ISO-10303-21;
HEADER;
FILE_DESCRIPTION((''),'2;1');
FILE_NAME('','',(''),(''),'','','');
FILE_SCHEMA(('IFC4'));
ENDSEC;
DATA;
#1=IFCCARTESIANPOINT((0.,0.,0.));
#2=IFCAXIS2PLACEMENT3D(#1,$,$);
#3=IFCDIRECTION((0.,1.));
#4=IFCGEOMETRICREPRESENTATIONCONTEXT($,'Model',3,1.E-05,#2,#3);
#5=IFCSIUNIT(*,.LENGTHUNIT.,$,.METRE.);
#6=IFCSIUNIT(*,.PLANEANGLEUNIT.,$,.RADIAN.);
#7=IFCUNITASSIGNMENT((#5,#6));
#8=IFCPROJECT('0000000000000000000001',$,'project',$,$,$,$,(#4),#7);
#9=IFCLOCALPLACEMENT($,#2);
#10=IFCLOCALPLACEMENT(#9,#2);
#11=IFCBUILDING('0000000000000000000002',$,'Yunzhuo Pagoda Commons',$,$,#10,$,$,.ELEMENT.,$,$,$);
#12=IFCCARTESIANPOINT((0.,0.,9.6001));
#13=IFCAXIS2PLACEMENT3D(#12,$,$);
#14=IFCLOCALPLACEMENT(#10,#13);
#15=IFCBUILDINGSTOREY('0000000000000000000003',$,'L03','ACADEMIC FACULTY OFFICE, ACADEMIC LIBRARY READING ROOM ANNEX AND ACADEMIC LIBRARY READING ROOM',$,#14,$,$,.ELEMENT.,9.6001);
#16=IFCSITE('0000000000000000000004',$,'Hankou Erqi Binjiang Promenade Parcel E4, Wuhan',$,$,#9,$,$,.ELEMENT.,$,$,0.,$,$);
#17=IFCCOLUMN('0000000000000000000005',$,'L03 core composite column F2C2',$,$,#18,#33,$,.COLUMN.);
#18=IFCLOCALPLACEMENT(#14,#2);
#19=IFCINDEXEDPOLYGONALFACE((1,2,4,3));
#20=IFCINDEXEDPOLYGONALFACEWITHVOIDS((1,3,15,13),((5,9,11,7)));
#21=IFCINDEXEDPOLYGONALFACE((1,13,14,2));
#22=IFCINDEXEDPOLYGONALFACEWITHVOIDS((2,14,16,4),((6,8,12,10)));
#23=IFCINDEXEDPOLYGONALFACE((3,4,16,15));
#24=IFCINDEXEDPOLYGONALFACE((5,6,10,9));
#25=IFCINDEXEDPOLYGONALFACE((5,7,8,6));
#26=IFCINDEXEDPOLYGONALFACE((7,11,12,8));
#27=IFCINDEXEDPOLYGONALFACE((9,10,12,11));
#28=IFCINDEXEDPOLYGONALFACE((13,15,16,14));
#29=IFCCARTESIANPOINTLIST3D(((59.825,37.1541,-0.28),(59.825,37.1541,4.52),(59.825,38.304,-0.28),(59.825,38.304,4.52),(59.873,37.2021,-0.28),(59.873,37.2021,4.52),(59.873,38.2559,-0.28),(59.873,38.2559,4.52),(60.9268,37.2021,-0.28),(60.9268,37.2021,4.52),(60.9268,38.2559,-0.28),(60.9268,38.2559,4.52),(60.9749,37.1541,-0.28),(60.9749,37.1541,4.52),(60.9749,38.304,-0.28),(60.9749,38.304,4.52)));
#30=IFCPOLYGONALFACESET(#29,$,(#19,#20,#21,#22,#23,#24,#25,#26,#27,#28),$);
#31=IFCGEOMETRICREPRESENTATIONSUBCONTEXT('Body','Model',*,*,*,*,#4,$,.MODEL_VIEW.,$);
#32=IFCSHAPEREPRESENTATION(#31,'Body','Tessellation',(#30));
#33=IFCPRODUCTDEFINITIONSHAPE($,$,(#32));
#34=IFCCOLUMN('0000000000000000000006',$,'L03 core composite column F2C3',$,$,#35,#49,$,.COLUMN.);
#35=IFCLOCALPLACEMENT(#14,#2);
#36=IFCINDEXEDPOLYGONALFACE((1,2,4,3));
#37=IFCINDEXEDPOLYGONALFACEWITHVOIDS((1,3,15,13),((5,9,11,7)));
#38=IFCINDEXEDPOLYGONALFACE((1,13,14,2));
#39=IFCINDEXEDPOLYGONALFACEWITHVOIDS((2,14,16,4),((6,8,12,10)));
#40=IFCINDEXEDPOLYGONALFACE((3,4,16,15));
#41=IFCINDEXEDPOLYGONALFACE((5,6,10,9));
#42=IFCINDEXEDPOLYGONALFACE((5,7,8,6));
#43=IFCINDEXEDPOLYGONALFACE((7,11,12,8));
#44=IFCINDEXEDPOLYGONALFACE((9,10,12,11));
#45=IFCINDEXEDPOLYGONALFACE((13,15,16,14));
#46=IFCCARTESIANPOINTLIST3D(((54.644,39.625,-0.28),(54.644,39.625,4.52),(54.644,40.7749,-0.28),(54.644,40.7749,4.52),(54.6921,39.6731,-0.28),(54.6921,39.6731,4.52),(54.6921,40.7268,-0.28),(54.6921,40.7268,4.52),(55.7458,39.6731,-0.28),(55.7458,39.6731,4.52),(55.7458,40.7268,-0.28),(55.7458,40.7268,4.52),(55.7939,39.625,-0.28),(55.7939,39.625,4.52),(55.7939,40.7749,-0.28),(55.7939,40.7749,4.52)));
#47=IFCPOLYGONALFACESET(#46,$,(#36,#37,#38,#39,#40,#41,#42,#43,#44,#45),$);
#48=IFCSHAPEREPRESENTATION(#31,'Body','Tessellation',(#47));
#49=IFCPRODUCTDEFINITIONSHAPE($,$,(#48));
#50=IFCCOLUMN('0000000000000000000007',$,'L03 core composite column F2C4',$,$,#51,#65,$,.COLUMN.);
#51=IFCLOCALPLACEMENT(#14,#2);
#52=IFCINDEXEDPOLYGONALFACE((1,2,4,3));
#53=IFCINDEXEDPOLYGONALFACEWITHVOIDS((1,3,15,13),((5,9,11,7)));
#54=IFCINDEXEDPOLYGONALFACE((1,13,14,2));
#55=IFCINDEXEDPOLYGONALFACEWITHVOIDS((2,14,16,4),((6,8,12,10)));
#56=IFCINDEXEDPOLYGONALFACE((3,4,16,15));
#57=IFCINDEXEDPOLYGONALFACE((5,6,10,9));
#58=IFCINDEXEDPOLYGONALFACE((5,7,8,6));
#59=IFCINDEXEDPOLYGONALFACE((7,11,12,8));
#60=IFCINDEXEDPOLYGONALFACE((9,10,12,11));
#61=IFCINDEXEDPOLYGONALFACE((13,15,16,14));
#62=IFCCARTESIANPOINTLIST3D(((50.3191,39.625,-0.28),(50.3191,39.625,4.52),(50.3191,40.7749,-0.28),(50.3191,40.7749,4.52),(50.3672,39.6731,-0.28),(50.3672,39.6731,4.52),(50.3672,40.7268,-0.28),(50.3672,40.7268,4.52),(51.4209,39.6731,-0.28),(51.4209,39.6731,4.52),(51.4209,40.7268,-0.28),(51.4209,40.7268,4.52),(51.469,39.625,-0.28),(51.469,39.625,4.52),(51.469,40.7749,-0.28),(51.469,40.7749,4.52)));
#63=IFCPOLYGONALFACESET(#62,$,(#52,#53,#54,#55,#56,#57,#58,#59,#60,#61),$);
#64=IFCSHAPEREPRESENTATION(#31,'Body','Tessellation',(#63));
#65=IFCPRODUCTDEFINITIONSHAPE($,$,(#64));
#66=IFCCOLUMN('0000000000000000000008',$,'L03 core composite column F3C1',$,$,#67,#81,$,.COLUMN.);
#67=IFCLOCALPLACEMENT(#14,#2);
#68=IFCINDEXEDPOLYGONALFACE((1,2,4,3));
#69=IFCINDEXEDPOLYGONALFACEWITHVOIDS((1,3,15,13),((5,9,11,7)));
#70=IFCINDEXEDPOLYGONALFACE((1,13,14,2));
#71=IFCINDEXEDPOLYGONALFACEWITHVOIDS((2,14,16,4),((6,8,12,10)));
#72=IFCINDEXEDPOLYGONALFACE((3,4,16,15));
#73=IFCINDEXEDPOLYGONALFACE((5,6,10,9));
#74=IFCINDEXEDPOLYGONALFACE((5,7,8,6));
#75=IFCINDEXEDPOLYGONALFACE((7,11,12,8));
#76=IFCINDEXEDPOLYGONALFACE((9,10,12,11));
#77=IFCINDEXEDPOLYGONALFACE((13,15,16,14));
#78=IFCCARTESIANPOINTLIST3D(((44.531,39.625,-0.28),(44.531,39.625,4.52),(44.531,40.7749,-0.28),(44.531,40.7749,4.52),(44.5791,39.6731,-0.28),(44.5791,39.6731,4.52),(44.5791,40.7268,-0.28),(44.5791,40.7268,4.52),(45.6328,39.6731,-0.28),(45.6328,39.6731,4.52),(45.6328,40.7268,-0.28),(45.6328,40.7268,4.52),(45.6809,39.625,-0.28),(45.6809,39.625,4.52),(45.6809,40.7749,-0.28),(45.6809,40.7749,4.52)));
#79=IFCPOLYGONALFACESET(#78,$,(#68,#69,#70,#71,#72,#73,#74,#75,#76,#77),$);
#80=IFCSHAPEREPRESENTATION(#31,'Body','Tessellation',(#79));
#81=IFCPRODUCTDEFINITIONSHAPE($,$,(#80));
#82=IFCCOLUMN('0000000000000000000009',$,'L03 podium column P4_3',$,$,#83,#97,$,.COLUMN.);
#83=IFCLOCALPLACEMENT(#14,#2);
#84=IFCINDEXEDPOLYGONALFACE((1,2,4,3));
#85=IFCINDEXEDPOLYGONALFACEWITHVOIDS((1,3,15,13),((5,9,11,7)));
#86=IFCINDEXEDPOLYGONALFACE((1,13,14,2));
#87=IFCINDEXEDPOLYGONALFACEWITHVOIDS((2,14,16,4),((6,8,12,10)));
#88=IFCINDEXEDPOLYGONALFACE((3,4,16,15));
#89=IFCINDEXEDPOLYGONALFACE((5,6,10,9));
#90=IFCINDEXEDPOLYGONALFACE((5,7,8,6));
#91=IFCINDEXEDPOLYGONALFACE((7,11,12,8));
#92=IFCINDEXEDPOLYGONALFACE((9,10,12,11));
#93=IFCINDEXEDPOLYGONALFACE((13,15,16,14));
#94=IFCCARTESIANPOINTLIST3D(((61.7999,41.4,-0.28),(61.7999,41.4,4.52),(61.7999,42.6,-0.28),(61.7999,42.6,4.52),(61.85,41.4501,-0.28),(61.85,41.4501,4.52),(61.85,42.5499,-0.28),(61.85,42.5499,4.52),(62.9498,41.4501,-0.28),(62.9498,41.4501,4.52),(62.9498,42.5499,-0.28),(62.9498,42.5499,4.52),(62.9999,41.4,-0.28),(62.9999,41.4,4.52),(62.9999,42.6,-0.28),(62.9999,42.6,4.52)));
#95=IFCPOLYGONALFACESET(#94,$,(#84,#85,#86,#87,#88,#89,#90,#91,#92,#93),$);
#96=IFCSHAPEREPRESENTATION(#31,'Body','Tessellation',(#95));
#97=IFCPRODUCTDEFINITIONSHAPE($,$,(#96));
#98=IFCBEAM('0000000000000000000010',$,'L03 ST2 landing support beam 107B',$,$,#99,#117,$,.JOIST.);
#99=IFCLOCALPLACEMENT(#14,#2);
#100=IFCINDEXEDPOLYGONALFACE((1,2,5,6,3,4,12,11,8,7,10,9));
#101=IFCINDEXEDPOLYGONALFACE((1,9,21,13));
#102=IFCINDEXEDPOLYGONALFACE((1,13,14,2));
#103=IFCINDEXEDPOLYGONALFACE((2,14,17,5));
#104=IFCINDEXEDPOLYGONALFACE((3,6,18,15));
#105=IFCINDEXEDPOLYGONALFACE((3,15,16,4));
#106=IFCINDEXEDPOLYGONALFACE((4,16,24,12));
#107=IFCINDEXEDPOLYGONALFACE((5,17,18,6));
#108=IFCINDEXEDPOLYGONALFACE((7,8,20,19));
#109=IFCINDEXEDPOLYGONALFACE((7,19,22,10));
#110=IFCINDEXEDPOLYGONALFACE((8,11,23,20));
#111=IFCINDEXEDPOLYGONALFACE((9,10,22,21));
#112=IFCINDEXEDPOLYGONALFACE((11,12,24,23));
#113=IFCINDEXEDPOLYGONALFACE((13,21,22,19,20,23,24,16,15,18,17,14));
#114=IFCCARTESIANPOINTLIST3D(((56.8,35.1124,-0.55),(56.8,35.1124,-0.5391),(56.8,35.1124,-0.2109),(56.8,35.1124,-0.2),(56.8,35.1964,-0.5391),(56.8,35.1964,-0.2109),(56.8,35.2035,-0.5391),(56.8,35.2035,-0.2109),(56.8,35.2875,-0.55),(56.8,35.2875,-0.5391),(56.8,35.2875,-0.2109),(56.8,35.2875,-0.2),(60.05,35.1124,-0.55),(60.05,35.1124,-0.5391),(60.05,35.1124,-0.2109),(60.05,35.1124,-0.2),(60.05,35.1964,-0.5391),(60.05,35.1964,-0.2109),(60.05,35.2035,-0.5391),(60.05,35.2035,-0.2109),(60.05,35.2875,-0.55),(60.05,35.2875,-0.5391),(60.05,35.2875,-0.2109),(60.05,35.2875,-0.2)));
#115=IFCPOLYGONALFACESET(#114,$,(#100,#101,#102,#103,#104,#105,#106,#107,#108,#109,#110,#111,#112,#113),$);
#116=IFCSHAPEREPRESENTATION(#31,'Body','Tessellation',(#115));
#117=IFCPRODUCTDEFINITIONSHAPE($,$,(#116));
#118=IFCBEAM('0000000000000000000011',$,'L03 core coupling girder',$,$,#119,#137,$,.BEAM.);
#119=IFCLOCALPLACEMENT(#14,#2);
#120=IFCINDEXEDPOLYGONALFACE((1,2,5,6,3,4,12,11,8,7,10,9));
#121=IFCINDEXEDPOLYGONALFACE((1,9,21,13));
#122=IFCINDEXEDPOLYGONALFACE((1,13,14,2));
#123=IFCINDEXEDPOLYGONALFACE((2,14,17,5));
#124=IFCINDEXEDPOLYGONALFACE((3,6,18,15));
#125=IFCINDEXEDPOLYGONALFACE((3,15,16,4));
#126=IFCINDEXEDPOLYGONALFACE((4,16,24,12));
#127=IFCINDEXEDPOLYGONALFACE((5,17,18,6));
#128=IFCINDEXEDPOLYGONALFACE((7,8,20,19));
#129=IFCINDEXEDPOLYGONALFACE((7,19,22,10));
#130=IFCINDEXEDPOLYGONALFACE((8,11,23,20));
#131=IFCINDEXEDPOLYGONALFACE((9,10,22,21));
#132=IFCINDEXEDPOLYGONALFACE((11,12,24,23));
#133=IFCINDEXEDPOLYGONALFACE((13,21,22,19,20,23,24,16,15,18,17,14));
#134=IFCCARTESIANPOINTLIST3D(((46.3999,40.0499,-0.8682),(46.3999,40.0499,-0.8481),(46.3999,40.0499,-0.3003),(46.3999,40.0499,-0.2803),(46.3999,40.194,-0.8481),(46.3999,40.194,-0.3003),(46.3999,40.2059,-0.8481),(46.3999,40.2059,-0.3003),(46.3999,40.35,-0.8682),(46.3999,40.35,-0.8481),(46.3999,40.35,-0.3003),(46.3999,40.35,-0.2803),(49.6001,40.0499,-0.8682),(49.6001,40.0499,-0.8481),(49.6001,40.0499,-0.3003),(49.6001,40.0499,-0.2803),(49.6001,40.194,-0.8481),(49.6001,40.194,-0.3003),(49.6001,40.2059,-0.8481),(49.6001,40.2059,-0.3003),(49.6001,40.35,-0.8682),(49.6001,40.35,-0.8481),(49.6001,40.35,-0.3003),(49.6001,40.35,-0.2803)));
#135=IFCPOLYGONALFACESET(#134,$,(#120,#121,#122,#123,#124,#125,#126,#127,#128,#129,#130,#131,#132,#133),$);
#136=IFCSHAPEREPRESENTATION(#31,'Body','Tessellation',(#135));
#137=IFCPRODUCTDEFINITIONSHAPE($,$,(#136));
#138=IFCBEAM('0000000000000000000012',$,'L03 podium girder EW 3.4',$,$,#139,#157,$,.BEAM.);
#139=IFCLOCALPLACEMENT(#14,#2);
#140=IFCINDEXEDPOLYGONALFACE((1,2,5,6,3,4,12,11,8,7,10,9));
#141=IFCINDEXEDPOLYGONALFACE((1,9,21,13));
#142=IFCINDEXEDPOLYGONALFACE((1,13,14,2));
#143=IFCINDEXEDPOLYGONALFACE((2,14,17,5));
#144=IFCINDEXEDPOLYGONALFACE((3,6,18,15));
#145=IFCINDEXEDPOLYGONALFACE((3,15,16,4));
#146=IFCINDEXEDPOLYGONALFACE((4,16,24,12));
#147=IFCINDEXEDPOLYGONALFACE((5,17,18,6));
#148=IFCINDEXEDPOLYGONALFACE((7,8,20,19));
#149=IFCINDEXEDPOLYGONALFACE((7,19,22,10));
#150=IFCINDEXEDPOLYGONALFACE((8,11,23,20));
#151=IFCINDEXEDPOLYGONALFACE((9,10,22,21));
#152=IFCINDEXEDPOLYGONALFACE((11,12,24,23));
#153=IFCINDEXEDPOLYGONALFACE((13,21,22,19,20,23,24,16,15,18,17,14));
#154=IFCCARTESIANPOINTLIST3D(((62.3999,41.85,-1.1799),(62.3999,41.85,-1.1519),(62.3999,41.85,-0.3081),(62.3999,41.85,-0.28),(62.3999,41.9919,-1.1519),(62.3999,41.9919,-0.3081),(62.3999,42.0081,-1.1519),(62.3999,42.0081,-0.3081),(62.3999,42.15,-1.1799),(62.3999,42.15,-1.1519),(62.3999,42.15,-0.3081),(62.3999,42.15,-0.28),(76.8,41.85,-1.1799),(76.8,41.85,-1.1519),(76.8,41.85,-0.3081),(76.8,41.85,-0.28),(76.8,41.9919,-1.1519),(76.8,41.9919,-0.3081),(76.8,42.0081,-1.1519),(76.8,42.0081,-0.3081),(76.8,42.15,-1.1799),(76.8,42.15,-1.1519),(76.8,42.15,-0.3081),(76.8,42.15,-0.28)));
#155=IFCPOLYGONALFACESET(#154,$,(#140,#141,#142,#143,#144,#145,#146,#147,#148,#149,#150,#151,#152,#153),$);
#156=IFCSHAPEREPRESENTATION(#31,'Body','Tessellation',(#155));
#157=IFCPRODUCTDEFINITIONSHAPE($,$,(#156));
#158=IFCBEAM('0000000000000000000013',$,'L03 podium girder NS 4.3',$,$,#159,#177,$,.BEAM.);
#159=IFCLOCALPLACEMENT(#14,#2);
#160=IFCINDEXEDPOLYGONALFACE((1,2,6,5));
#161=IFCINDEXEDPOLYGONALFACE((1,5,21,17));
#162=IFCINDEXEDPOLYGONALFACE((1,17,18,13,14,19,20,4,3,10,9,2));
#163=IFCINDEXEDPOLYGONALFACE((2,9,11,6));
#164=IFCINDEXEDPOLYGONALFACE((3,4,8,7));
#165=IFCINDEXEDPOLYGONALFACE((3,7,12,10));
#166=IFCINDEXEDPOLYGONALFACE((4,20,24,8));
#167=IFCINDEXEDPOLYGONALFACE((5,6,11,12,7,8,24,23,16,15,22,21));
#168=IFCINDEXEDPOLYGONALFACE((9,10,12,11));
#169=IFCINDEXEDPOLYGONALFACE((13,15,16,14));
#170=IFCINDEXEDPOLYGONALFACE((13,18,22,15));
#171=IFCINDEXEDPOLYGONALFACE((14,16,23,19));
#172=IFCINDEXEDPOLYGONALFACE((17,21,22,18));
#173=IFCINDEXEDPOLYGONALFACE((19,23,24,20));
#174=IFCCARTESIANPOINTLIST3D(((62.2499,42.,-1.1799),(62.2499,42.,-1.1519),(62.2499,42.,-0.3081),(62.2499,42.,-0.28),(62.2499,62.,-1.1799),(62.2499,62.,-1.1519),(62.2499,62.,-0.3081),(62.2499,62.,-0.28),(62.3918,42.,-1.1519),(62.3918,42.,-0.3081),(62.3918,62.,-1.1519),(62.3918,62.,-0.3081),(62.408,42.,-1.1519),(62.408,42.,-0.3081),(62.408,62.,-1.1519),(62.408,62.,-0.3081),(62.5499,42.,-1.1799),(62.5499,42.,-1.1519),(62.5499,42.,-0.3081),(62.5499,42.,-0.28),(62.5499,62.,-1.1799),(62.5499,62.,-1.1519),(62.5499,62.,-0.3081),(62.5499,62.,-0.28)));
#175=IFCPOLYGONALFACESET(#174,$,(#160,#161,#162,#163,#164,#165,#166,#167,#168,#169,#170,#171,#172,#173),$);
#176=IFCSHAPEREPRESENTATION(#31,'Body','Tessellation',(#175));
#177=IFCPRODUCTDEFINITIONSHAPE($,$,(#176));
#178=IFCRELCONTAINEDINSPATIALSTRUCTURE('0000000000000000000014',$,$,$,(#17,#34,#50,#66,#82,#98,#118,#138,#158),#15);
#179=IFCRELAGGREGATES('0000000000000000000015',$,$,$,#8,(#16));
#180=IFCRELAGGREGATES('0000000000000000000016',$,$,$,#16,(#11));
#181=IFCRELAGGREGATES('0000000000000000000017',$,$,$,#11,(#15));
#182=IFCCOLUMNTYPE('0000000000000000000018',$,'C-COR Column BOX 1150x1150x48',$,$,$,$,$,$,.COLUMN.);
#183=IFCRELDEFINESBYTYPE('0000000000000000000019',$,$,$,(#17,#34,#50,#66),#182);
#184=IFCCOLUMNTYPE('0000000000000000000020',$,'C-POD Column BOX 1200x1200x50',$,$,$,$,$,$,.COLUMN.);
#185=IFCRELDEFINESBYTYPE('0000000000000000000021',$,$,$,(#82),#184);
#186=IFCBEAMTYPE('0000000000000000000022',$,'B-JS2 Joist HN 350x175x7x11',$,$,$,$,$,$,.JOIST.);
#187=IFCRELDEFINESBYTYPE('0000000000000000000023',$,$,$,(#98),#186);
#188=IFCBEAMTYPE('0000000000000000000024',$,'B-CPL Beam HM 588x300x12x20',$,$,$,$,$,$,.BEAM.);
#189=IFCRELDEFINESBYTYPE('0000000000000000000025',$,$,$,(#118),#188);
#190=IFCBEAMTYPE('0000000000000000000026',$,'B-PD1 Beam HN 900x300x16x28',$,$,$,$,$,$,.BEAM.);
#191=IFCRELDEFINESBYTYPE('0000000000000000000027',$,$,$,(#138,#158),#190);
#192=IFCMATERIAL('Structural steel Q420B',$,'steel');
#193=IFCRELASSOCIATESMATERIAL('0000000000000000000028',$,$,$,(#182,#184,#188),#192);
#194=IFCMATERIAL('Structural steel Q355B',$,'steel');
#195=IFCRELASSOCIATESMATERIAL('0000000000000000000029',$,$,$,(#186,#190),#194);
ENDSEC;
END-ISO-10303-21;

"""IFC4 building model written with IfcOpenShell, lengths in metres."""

from ifc_helpers import new_model, si_unit, direction, frame, origin, origin_2d, place, context, subcontext, project, spatial, hollow_rectangle, i_section, extrude, source, transform, mapped, material, material_profile, profile_set, type_object, element, save


model = new_model("IFC4")

# Units and contexts
model_context = context("Model", 3, precision=1e-05, world=origin(), true_north=direction((0.0, 1.0)))
body_context = subcontext(model_context, "Body", "Model", "MODEL_VIEW")
ifc_project = project(units=[si_unit("LENGTHUNIT", "METRE"), si_unit("PLANEANGLEUNIT", "RADIAN")], contexts=[model_context])

# Site, building, storey
site_placement = place(None, origin())
site = spatial("IfcSite", under=ifc_project, at=site_placement, Name="Hankou Erqi Binjiang Promenade Parcel E4, Wuhan", CompositionType="ELEMENT", RefElevation=0.0)
building_placement = place(site_placement, origin())
building = spatial("IfcBuilding", under=site, at=building_placement, Name="Yunzhuo Pagoda Commons", CompositionType="ELEMENT")
storey_placement = place(building_placement, frame((0.0, 0.0, 9.6001)))
storey = spatial("IfcBuildingStorey", under=building, at=storey_placement, Name="L03", Description="ACADEMIC FACULTY OFFICE, ACADEMIC LIBRARY READING ROOM ANNEX AND ACADEMIC LIBRARY READING ROOM", CompositionType="ELEMENT", Elevation=9.6001)

# Columns
ifc_material_1 = material(Name="Structural steel Q420B", Category="steel")
ifc_material_profile_1 = material_profile(ifc_material_1, hollow_rectangle(XDim=1.1499, YDim=1.1499, WallThickness=0.0481, at=origin_2d()), Name="Structural steel Q420B")
ifc_profile_set_1 = profile_set([ifc_material_profile_1], Name="Structural steel Q420B")
column_type_1 = type_object("IfcColumnType", Name="C-COR Column BOX 1150x1150x48", PredefinedType="COLUMN", material=ifc_profile_set_1)
shared_shape_1 = source(origin(), body_context, "Body", "SweptSolid", [
    extrude(hollow_rectangle(XDim=1.1499, YDim=1.1499, WallThickness=0.0481, at=origin_2d()), origin(), (0.0, 0.0, 1.0), 4.8),
])
for number, where, z_axis, x_axis, name in (
    (1, (60.3999, 37.729, -0.28), (0.0, 0.0, 1.0), (1.0, 0.0, 0.0), "L03 core composite column F2C2"),
    (2, (55.219, 40.2, -0.28), (0.0, 0.0, 1.0), (1.0, 0.0, 0.0), "L03 core composite column F2C3"),
    (3, (50.894, 40.2, -0.28), (0.0, 0.0, 1.0), (1.0, 0.0, 0.0), "L03 core composite column F2C4"),
    (4, (45.106, 40.2, -0.28), (0.0, 0.0, 1.0), (1.0, 0.0, 0.0), "L03 core composite column F3C1"),
):
    element("IfcColumn", number, at=place(storey_placement, frame(where, z_axis=z_axis, x_axis=x_axis)), inside=storey, type_object=column_type_1, Name=name, PredefinedType="COLUMN", context=body_context, shape_type="MappedRepresentation", body=[
        mapped(shared_shape_1, transform((0.0, 0.0, 0.0), scale=1.0)),
    ])
ifc_material_profile_2 = material_profile(ifc_material_1, hollow_rectangle(XDim=1.2, YDim=1.2, WallThickness=0.05, at=origin_2d()), Name="Structural steel Q420B")
ifc_profile_set_2 = profile_set([ifc_material_profile_2], Name="Structural steel Q420B")
column_type_2 = type_object("IfcColumnType", Name="C-POD Column BOX 1200x1200x50", PredefinedType="COLUMN", material=ifc_profile_set_2)
shared_shape_2 = source(origin(), body_context, "Body", "SweptSolid", [
    extrude(hollow_rectangle(XDim=1.2, YDim=1.2, WallThickness=0.05, at=origin_2d()), origin(), (0.0, 0.0, 1.0), 4.8),
])
column_placement = place(storey_placement, frame((62.3999, 42.0, -0.28), z_axis=(0.0, 0.0, 1.0), x_axis=(1.0, 0.0, 0.0)))
element("IfcColumn", 5, at=column_placement, inside=storey, type_object=column_type_2, Name="L03 podium column P4_3", PredefinedType="COLUMN", context=body_context, shape_type="MappedRepresentation", body=[
    mapped(shared_shape_2, transform((0.0, 0.0, 0.0), scale=1.0)),
])

# Beams
ifc_material_2 = material(Name="Structural steel Q355B", Category="steel")
ifc_material_profile_3 = material_profile(ifc_material_2, i_section(OverallWidth=0.175, OverallDepth=0.3501, WebThickness=0.0071, FlangeThickness=0.011, at=origin_2d()), Name="Structural steel Q355B")
ifc_profile_set_3 = profile_set([ifc_material_profile_3], Name="Structural steel Q355B")
beam_type_1 = type_object("IfcBeamType", Name="B-JS2 Joist HN 350x175x7x11", PredefinedType="JOIST", material=ifc_profile_set_3)
shared_shape_3 = source(origin(), body_context, "Body", "SweptSolid", [
    extrude(i_section(OverallWidth=0.175, OverallDepth=0.3501, WebThickness=0.0071, FlangeThickness=0.011, at=origin_2d()), origin(), (0.0, 0.0, 1.0), 3.25),
])
beam_1_placement = place(storey_placement, frame((56.8, 35.2, -0.375), z_axis=(1.0, 0.0, 0.0), x_axis=(0.0, 1.0, 0.0)))
element("IfcBeam", 6, at=beam_1_placement, inside=storey, type_object=beam_type_1, Name="L03 ST2 landing support beam 107B", PredefinedType="JOIST", context=body_context, shape_type="MappedRepresentation", body=[
    mapped(shared_shape_3, transform((0.0, 0.0, 0.0), scale=1.0)),
])
ifc_material_profile_4 = material_profile(ifc_material_1, i_section(OverallWidth=0.3, OverallDepth=0.5879, WebThickness=0.012, FlangeThickness=0.02, at=origin_2d()), Name="Structural steel Q420B")
ifc_profile_set_4 = profile_set([ifc_material_profile_4], Name="Structural steel Q420B")
beam_type_2 = type_object("IfcBeamType", Name="B-CPL Beam HM 588x300x12x20", PredefinedType="BEAM", material=ifc_profile_set_4)
shared_shape_4 = source(origin(), body_context, "Body", "SweptSolid", [
    extrude(i_section(OverallWidth=0.3, OverallDepth=0.5879, WebThickness=0.012, FlangeThickness=0.02, at=origin_2d()), origin(), (0.0, 0.0, 1.0), 3.2002),
])
beam_2_placement = place(storey_placement, frame((46.3999, 40.2, -0.5742), z_axis=(1.0, 0.0, 0.0), x_axis=(0.0, 1.0, 0.0)))
element("IfcBeam", 7, at=beam_2_placement, inside=storey, type_object=beam_type_2, Name="L03 core coupling girder", PredefinedType="BEAM", context=body_context, shape_type="MappedRepresentation", body=[
    mapped(shared_shape_4, transform((0.0, 0.0, 0.0), scale=1.0)),
])
ifc_material_profile_5 = material_profile(ifc_material_2, i_section(OverallWidth=0.3, OverallDepth=0.8999, WebThickness=0.0161, FlangeThickness=0.0281, at=origin_2d()), Name="Structural steel Q355B")
ifc_profile_set_5 = profile_set([ifc_material_profile_5], Name="Structural steel Q355B")
beam_type_3 = type_object("IfcBeamType", Name="B-PD1 Beam HN 900x300x16x28", PredefinedType="BEAM", material=ifc_profile_set_5)
shared_shape_5 = source(origin(), body_context, "Body", "SweptSolid", [
    extrude(i_section(OverallWidth=0.3, OverallDepth=0.8999, WebThickness=0.0161, FlangeThickness=0.0281, at=origin_2d()), origin(), (0.0, 0.0, 1.0), 14.4001),
])
beam_3_placement = place(storey_placement, frame((62.3999, 42.0, -0.73), z_axis=(1.0, 0.0, 0.0), x_axis=(0.0, 1.0, 0.0)))
element("IfcBeam", 8, at=beam_3_placement, inside=storey, type_object=beam_type_3, Name="L03 podium girder EW 3.4", PredefinedType="BEAM", context=body_context, shape_type="MappedRepresentation", body=[
    mapped(shared_shape_5, transform((0.0, 0.0, 0.0), scale=1.0)),
])
shared_shape_6 = source(origin(), body_context, "Body", "SweptSolid", [
    extrude(i_section(OverallWidth=0.3, OverallDepth=0.8999, WebThickness=0.0161, FlangeThickness=0.0281, at=origin_2d()), origin(), (0.0, 0.0, 1.0), 20.0),
])
beam_4_placement = place(storey_placement, frame((62.3999, 42.0, -0.73), z_axis=(0.0, 1.0, 0.0), x_axis=(-1.0, 0.0, 0.0)))
element("IfcBeam", 9, at=beam_4_placement, inside=storey, type_object=beam_type_3, Name="L03 podium girder NS 4.3", PredefinedType="BEAM", context=body_context, shape_type="MappedRepresentation", body=[
    mapped(shared_shape_6, transform((0.0, 0.0, 0.0), scale=1.0)),
])

save(model, "model.ifc")
